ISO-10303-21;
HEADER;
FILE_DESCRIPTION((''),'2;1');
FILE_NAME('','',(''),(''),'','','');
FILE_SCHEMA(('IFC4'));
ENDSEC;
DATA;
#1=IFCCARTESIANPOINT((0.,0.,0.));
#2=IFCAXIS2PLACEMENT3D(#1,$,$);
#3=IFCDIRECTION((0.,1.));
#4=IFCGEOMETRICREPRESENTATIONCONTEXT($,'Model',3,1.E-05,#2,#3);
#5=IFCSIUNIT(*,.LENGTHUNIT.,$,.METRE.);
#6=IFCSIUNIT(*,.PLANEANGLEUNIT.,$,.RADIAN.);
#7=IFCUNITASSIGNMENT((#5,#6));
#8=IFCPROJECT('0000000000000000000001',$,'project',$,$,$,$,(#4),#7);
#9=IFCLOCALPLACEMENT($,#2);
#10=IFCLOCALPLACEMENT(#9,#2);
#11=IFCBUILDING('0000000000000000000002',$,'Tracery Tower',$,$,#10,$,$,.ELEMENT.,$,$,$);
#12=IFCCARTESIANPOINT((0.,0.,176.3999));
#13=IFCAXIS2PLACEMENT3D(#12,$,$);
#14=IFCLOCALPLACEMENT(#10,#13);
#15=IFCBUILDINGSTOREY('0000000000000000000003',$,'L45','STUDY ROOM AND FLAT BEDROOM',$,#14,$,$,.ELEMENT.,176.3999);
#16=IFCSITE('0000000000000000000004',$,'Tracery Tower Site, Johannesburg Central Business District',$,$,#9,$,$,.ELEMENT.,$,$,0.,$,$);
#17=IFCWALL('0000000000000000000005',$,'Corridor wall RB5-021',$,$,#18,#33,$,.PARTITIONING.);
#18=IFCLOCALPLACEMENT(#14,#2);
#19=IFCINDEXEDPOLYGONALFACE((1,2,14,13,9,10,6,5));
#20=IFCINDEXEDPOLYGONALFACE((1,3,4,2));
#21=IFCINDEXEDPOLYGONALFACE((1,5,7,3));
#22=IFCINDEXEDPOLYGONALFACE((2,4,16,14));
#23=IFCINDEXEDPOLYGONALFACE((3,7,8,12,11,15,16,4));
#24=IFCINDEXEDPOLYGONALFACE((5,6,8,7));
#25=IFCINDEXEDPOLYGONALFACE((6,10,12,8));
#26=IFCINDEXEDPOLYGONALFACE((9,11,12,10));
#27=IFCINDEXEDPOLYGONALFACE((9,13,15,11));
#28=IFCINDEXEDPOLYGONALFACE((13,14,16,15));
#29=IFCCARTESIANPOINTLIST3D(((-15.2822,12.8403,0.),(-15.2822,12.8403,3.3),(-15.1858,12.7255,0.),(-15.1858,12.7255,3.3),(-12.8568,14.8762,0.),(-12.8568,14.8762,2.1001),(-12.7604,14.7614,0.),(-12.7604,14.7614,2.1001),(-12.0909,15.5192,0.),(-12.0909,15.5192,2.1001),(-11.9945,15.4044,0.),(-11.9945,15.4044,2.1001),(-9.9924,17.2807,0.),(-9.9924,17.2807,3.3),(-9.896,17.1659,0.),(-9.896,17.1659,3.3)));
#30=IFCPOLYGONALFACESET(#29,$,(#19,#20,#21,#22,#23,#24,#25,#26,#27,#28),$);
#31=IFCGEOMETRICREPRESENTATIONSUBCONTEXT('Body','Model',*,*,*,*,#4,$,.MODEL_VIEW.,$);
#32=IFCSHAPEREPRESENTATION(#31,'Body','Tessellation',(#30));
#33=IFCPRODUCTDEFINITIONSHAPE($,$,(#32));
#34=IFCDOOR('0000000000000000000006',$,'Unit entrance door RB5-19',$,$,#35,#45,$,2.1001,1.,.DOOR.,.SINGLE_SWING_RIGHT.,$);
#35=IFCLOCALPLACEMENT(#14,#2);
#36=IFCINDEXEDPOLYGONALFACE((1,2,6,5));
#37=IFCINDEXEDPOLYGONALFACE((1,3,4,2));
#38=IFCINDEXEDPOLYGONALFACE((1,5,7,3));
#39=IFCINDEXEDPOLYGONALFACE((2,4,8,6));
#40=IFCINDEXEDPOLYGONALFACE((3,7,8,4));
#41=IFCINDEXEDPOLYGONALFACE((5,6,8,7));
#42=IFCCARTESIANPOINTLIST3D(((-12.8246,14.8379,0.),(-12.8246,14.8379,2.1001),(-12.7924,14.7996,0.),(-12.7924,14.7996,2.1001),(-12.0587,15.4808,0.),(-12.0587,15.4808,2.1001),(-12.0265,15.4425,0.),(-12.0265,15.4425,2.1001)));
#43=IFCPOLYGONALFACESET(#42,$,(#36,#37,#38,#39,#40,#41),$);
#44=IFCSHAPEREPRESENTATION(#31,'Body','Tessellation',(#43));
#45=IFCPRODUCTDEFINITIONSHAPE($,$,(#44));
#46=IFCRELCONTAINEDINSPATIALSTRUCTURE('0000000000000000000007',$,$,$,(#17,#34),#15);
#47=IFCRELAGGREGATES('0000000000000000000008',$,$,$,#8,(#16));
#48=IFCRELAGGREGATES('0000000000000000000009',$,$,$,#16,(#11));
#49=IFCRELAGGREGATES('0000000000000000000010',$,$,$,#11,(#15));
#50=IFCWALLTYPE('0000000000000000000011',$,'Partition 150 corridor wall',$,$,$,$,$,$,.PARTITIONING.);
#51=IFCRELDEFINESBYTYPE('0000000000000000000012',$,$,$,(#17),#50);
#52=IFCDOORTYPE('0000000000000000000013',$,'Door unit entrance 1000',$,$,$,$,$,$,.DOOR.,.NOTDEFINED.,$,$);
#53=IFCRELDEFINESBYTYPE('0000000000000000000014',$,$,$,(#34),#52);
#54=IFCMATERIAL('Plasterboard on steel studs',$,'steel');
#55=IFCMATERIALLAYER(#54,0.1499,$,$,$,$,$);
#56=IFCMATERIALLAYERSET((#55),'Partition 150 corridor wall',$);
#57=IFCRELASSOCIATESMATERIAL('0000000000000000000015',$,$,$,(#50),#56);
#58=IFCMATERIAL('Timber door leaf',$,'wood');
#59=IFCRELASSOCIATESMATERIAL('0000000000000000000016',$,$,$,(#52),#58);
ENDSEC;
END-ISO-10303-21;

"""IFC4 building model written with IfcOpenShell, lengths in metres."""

from ifc_helpers import new_model, si_unit, direction, frame, frame_2d, origin, place, context, subcontext, project, spatial, rectangle, extrude, material, layer, layer_set, type_object, element, fill, save


model = new_model("IFC4")

# Units and contexts
model_context = context("Model", 3, precision=1e-05, world=origin(), true_north=direction((0.0, 1.0)))
body_context = subcontext(model_context, "Body", "Model", "MODEL_VIEW")
ifc_project = project(units=[si_unit("LENGTHUNIT", "METRE"), si_unit("PLANEANGLEUNIT", "RADIAN")], contexts=[model_context])

# Site, building, storey
site_placement = place(None, origin())
site = spatial("IfcSite", under=ifc_project, at=site_placement, Name="Tracery Tower Site, Johannesburg Central Business District", CompositionType="ELEMENT", RefElevation=0.0)
building_placement = place(site_placement, origin())
building = spatial("IfcBuilding", under=site, at=building_placement, Name="Tracery Tower", CompositionType="ELEMENT")
storey_placement = place(building_placement, frame((0.0, 0.0, 176.3999)))
storey = spatial("IfcBuildingStorey", under=building, at=storey_placement, Name="L45", Description="STUDY ROOM AND FLAT BEDROOM", CompositionType="ELEMENT", Elevation=176.3999)

# Wall, opening, door
ifc_material_1 = material(Name="Plasterboard on steel studs", Category="steel")
ifc_layer_1 = layer(ifc_material_1, 0.1499)
ifc_layer_set_1 = layer_set([ifc_layer_1], Name="Partition 150 corridor wall")
wall_type_1 = type_object("IfcWallType", Name="Partition 150 corridor wall", PredefinedType="PARTITIONING", material=ifc_layer_set_1)
wall_1_placement = place(storey_placement, frame((-15.2339, 12.783, 0.0), z_axis=(0.0, 0.0, 1.0), x_axis=(0.765919, 0.642938, 0.0)))
wall_1 = element("IfcWall", 1, at=wall_1_placement, inside=storey, type_object=wall_type_1, Name="Corridor wall RB5-021", PredefinedType="PARTITIONING", context=body_context, shape_type="SweptSolid", body=[
    extrude(rectangle(XDim=6.9065, YDim=0.1499, at=frame_2d((3.4531, 0.0))), origin(), (0.0, 0.0, 1.0), 3.3),
])
opening_1_placement = place(wall_1_placement, frame((3.1665, 0.0, 0.0)))
opening_1 = element("IfcOpeningElement", 2, at=opening_1_placement, cuts=wall_1, PredefinedType="OPENING", context=body_context, shape_type="SweptSolid", body=[
    extrude(rectangle(XDim=1.0, YDim=2.1001, at=frame_2d((0.5, 1.05))), frame((0.0, 0.075, 0.0), z_axis=(0.0, -1.0, 0.0), x_axis=(1.0, 0.0, 0.0)), (0.0, 0.0, 1.0), 0.1499),
])
ifc_material_2 = material(Name="Timber door leaf", Category="wood")
door_type_1 = type_object("IfcDoorType", Name="Door unit entrance 1000", OperationType="NOTDEFINED", PredefinedType="DOOR", material=ifc_material_2)
door_1_placement = place(opening_1_placement, origin())
door_1 = element("IfcDoor", 3, at=door_1_placement, inside=storey, type_object=door_type_1, Name="Unit entrance door RB5-19", OperationType="SINGLE_SWING_RIGHT", OverallHeight=2.1001, OverallWidth=1.0, PredefinedType="DOOR", context=body_context, shape_type="SweptSolid", body=[
    extrude(rectangle(XDim=1.0, YDim=2.1001, at=frame_2d((0.5, 1.05))), frame((0.0, 0.0249, 0.0), z_axis=(0.0, -1.0, 0.0), x_axis=(1.0, 0.0, 0.0)), (0.0, 0.0, 1.0), 0.05),
])
fill(opening_1, door_1)

save(model, "model.ifc")
